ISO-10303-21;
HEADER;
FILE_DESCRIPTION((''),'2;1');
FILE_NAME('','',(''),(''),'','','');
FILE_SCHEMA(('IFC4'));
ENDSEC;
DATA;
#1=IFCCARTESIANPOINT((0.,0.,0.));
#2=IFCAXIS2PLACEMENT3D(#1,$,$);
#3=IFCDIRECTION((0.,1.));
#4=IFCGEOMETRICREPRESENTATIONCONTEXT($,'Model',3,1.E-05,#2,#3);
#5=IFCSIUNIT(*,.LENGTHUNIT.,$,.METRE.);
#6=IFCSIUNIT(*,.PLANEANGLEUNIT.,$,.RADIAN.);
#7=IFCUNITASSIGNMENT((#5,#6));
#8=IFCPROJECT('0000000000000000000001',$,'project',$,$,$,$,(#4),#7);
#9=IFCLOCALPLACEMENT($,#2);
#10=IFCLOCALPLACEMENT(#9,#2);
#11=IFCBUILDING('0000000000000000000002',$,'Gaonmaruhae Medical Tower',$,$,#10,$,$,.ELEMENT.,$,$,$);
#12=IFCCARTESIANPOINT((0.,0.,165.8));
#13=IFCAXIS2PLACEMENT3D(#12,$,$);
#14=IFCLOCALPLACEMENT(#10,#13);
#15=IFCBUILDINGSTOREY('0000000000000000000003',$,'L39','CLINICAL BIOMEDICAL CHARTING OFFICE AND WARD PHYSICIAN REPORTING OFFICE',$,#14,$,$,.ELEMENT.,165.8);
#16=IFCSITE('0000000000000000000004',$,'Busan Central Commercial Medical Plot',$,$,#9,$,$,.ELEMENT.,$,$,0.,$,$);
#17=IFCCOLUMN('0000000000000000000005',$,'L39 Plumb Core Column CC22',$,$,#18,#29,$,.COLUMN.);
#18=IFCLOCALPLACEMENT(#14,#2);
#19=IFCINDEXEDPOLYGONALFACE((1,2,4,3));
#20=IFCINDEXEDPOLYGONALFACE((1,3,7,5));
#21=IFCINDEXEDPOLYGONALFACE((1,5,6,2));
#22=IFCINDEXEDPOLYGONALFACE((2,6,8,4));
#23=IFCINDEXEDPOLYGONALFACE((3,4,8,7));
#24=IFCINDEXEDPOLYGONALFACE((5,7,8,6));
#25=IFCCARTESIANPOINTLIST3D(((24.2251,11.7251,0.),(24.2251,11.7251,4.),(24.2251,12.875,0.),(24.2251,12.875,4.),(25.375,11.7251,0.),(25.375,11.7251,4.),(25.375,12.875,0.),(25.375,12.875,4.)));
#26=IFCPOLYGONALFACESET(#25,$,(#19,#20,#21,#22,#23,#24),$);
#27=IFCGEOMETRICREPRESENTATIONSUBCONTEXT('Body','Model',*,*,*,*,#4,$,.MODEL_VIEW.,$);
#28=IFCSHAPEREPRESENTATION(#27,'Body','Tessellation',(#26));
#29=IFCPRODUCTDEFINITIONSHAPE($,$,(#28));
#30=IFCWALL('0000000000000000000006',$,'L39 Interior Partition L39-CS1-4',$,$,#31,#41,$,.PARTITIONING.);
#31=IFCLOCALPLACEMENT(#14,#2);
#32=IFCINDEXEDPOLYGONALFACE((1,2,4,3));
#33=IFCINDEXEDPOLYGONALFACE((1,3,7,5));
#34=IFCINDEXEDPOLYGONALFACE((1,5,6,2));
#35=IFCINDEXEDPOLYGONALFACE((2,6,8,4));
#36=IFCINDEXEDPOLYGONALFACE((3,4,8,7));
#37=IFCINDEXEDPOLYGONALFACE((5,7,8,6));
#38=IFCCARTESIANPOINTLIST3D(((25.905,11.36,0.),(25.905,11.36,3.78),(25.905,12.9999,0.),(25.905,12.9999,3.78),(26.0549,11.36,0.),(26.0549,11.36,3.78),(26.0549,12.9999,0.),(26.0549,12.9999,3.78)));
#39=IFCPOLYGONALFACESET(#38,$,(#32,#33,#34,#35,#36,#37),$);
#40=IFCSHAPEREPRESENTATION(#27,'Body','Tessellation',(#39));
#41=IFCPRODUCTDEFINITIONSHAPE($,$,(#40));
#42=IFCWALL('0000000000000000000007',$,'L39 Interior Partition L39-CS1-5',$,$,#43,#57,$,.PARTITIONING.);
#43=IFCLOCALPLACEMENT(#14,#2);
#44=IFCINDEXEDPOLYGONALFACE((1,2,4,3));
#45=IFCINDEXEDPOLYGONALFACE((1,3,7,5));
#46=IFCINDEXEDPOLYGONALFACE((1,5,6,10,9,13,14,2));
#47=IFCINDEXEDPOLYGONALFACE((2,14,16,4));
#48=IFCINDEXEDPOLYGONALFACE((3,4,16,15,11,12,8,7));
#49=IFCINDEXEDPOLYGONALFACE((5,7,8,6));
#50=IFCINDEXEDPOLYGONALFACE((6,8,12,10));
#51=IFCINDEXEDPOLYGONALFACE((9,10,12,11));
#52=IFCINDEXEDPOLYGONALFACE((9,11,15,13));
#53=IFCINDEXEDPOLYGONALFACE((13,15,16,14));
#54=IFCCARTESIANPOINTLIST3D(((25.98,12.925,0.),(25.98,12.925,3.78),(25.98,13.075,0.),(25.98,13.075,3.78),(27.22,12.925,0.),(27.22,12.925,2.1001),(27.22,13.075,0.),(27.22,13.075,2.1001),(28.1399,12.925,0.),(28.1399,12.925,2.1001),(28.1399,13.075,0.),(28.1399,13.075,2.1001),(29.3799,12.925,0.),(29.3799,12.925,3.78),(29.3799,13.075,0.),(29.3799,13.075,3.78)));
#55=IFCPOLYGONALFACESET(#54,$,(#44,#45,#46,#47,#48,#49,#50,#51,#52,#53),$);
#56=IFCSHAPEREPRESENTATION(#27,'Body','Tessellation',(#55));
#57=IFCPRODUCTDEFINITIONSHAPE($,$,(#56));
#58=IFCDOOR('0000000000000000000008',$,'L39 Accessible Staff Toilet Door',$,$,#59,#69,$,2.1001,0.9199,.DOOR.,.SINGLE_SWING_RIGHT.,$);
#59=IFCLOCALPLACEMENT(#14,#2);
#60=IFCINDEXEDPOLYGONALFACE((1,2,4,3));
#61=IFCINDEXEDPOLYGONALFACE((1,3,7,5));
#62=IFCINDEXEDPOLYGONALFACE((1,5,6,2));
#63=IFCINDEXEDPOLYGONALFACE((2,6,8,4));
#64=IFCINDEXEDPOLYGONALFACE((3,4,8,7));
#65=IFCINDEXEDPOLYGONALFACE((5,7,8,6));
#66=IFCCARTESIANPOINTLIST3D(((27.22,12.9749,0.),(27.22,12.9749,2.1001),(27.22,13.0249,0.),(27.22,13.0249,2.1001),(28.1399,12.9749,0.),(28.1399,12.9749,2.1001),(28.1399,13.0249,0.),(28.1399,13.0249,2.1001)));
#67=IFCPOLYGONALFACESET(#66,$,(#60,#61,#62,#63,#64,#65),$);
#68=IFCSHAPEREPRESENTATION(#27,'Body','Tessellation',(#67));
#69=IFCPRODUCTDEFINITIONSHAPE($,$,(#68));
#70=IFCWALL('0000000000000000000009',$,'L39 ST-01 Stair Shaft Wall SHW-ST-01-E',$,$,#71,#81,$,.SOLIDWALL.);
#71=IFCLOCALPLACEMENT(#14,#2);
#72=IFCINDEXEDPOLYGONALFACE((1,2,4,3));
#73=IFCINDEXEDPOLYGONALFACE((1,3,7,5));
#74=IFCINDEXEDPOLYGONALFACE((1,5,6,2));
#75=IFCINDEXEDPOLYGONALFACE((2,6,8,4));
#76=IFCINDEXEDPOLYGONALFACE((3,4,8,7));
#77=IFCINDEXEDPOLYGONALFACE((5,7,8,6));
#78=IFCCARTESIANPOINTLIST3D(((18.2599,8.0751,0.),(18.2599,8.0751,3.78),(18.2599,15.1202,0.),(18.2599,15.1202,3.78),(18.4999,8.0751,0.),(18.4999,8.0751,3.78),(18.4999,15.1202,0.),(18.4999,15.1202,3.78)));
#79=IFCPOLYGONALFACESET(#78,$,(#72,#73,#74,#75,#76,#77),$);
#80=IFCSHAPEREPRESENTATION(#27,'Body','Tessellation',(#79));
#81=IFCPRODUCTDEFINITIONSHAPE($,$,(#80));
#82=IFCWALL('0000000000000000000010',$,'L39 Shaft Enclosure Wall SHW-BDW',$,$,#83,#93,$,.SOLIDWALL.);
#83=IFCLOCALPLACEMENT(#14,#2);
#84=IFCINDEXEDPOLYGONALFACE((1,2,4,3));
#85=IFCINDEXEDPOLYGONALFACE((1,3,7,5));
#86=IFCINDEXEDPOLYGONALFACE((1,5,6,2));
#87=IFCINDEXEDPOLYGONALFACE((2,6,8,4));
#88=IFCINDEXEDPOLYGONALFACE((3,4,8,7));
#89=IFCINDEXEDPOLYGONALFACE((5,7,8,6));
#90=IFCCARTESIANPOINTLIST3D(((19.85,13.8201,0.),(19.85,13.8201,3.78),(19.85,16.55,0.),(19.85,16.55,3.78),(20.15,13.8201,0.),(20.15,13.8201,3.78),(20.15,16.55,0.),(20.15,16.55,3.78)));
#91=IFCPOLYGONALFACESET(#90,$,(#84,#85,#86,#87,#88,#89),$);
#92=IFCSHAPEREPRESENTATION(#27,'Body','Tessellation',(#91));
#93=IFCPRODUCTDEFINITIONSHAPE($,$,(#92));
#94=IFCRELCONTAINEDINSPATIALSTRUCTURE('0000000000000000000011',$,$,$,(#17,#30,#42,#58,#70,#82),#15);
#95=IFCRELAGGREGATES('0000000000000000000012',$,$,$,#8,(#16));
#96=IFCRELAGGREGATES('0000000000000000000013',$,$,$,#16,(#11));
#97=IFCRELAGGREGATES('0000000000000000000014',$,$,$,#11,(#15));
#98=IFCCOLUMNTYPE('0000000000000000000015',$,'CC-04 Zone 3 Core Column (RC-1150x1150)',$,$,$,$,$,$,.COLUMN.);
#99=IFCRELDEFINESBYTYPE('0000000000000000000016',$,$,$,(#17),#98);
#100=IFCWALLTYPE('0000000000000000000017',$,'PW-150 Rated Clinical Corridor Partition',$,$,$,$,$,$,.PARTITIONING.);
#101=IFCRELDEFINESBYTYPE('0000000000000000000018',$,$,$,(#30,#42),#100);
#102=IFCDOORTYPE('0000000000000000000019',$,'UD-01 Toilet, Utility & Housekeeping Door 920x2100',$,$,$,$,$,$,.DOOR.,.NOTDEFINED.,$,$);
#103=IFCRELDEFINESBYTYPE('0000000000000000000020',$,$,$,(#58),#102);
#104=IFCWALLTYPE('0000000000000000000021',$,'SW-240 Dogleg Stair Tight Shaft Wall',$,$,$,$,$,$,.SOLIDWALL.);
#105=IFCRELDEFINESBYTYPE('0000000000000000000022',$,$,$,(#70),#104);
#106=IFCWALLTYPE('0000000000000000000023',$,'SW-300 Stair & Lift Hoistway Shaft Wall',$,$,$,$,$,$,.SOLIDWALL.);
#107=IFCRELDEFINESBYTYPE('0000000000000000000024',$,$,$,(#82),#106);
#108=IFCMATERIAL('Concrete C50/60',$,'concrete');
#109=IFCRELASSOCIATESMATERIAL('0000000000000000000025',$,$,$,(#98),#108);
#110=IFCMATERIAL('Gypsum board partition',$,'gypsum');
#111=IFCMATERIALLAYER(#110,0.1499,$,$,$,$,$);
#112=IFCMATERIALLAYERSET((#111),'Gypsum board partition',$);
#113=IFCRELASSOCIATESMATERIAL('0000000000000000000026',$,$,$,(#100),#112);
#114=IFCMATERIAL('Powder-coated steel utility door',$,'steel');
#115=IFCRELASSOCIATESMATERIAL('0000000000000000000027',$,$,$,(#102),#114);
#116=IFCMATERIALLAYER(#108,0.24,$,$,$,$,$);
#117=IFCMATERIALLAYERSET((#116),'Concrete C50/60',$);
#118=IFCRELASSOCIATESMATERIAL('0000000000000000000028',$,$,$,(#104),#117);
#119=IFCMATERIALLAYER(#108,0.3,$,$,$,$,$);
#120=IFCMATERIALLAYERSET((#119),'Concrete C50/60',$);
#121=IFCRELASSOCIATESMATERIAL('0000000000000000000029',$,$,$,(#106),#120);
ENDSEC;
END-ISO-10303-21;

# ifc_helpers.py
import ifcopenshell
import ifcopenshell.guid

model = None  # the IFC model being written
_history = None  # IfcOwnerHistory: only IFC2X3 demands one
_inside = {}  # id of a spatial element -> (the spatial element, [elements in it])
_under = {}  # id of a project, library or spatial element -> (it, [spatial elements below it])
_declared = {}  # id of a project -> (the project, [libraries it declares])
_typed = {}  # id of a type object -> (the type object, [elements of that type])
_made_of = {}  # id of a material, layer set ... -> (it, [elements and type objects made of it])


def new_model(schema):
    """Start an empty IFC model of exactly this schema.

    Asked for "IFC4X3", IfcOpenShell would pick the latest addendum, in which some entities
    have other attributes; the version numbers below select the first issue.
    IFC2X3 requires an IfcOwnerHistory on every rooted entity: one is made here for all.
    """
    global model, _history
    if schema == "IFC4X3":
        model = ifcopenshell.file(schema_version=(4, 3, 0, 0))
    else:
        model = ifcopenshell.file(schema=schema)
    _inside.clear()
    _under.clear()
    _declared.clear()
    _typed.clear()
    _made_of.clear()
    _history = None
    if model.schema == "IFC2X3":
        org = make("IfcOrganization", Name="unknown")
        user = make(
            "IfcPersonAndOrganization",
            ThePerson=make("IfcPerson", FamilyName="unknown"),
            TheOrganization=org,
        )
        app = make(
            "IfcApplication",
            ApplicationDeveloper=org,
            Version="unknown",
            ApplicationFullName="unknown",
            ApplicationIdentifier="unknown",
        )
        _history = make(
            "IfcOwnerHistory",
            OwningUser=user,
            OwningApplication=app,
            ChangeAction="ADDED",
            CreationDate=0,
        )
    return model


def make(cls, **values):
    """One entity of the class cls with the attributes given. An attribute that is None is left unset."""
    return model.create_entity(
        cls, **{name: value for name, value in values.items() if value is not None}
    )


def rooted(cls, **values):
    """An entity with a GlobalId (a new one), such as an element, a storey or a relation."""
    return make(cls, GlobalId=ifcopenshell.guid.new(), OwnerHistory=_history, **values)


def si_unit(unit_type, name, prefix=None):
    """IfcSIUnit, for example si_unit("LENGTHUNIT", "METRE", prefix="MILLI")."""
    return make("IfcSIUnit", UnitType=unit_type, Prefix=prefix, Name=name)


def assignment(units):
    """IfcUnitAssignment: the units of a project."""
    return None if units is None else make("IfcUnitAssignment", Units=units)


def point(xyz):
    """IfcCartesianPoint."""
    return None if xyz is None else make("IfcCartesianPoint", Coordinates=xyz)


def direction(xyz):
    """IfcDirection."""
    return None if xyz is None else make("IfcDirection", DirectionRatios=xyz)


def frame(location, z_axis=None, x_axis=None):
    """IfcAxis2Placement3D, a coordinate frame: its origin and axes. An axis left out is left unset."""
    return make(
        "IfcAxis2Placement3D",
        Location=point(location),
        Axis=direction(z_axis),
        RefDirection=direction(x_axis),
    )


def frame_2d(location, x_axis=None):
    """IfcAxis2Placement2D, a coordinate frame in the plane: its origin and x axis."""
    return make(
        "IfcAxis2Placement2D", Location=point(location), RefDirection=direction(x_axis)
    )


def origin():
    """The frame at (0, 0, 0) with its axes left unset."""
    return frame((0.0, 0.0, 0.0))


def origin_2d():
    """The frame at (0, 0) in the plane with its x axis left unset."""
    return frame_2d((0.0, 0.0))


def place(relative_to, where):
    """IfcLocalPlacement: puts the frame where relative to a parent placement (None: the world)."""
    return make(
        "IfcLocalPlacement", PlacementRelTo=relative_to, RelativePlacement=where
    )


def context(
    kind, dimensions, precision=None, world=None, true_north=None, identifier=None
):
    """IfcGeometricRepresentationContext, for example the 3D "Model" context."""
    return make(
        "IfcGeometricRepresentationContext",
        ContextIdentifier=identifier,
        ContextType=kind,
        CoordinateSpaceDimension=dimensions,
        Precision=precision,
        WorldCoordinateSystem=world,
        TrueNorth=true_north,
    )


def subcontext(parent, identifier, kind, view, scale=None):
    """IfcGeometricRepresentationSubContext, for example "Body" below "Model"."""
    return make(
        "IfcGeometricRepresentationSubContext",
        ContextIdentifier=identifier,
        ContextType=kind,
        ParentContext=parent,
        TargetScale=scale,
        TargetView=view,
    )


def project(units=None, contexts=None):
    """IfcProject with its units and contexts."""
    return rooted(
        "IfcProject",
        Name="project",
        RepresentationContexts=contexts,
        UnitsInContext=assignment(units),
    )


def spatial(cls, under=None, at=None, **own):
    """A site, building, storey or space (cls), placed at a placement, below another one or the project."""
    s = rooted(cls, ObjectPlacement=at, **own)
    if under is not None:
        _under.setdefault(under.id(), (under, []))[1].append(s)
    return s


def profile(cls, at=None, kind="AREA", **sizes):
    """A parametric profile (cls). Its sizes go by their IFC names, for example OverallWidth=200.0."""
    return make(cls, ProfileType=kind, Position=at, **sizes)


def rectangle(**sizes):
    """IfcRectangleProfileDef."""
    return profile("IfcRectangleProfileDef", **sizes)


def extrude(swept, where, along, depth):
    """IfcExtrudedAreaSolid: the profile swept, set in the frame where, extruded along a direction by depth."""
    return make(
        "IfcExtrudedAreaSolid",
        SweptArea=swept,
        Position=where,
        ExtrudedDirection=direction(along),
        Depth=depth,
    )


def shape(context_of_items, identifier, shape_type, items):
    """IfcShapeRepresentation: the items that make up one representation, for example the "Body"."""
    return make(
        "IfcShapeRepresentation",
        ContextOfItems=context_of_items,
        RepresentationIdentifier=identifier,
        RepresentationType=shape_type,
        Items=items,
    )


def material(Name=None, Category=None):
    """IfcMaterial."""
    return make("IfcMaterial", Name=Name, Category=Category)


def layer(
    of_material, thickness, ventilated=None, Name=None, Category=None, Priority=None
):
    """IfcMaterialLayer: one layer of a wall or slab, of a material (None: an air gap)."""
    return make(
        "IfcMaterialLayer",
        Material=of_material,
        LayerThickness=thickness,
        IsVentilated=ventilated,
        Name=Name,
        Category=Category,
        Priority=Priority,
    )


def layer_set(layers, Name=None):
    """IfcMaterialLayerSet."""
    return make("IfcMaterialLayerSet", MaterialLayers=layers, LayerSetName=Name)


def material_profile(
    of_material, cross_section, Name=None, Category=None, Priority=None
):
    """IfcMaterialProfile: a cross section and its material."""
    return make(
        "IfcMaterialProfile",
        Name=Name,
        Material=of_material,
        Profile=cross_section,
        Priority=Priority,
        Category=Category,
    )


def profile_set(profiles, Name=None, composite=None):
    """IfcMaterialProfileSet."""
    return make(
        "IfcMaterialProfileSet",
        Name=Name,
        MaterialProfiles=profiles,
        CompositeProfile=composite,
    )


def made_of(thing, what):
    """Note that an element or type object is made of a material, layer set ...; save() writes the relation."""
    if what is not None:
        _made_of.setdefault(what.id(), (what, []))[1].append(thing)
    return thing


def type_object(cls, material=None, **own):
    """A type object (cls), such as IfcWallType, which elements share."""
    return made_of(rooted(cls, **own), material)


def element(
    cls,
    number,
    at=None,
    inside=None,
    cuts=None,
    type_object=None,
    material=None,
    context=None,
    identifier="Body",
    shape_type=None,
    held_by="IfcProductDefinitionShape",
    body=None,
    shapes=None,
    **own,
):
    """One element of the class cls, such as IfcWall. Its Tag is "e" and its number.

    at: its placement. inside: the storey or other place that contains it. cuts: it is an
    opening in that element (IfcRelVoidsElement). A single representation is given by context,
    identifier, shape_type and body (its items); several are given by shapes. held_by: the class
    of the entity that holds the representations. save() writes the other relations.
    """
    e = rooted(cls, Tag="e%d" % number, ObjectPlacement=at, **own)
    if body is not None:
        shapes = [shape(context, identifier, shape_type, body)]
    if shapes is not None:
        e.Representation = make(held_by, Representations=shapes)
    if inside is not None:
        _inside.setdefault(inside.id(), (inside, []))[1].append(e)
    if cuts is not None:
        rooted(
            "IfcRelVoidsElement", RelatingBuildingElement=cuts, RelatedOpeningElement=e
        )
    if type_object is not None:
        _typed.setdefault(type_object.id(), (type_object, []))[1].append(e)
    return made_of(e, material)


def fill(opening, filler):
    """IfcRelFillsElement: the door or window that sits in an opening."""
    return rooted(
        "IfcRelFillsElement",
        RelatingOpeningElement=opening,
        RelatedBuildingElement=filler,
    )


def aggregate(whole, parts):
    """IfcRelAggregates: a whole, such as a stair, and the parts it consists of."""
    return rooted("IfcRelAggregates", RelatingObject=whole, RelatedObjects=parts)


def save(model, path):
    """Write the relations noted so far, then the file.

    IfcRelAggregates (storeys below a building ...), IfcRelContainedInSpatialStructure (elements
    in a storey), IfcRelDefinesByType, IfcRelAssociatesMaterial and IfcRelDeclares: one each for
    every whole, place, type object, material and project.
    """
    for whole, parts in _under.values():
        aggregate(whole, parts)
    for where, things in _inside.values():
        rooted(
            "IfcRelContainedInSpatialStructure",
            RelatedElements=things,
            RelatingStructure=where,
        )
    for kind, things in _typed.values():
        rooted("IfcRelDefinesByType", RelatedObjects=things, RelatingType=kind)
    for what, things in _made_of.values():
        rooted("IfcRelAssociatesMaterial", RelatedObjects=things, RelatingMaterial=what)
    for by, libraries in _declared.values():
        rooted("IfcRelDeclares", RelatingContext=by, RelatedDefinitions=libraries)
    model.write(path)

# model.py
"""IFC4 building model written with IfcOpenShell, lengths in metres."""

from ifc_helpers import new_model, si_unit, direction, frame, frame_2d, origin, origin_2d, place, context, subcontext, project, spatial, rectangle, extrude, material, layer, layer_set, material_profile, profile_set, type_object, element, fill, save


model = new_model("IFC4")

# Units and contexts
model_context = context("Model", 3, precision=1e-05, world=origin(), true_north=direction((0.0, 1.0)))
body_context = subcontext(model_context, "Body", "Model", "MODEL_VIEW")
ifc_project = project(units=[si_unit("LENGTHUNIT", "METRE"), si_unit("PLANEANGLEUNIT", "RADIAN")], contexts=[model_context])

# Site, building, storey
site_placement = place(None, origin())
site = spatial("IfcSite", under=ifc_project, at=site_placement, Name="Busan Central Commercial Medical Plot", CompositionType="ELEMENT", RefElevation=0.0)
building_placement = place(site_placement, origin())
building = spatial("IfcBuilding", under=site, at=building_placement, Name="Gaonmaruhae Medical Tower", CompositionType="ELEMENT")
storey_placement = place(building_placement, frame((0.0, 0.0, 165.8)))
storey = spatial("IfcBuildingStorey", under=building, at=storey_placement, Name="L39", Description="CLINICAL BIOMEDICAL CHARTING OFFICE AND WARD PHYSICIAN REPORTING OFFICE", CompositionType="ELEMENT", Elevation=165.8)

# Column
ifc_material_1 = material(Name="Concrete C50/60", Category="concrete")
ifc_material_profile = material_profile(ifc_material_1, rectangle(XDim=1.1499, YDim=1.1499, at=origin_2d()), Name="RC-1150x1150")
ifc_profile_set = profile_set([ifc_material_profile], Name="Concrete C50/60")
column_type = type_object("IfcColumnType", Name="CC-04 Zone 3 Core Column (RC-1150x1150)", PredefinedType="COLUMN", material=ifc_profile_set)
column_placement = place(storey_placement, frame((24.8, 12.3, 0.0), z_axis=(0.0, 0.0, 1.0), x_axis=(1.0, 0.0, 0.0)))
element("IfcColumn", 1, at=column_placement, inside=storey, type_object=column_type, Name="L39 Plumb Core Column CC22", PredefinedType="COLUMN", context=body_context, shape_type="SweptSolid", body=[
    extrude(rectangle(XDim=1.1499, YDim=1.1499, at=origin_2d()), origin(), (0.0, 0.0, 1.0), 4.0),
])

# Wall
ifc_material_2 = material(Name="Gypsum board partition", Category="gypsum")
ifc_layer_1 = layer(ifc_material_2, 0.1499)
ifc_layer_set_1 = layer_set([ifc_layer_1], Name="Gypsum board partition")
wall_type_1 = type_object("IfcWallType", Name="PW-150 Rated Clinical Corridor Partition", PredefinedType="PARTITIONING", material=ifc_layer_set_1)
wall_1_placement = place(storey_placement, frame((25.98, 11.3601, 0.0), z_axis=(0.0, 0.0, 1.0), x_axis=(0.0, 1.0, 0.0)))
element("IfcWall", 2, at=wall_1_placement, inside=storey, type_object=wall_type_1, Name="L39 Interior Partition L39-CS1-4", PredefinedType="PARTITIONING", context=body_context, shape_type="SweptSolid", body=[
    extrude(rectangle(XDim=1.6399, YDim=0.1499, at=frame_2d((0.8198, 0.0))), origin(), (0.0, 0.0, 1.0), 3.78),
])

# Wall, opening, door
wall_2_placement = place(storey_placement, frame((25.98, 13.0, 0.0), z_axis=(0.0, 0.0, 1.0), x_axis=(1.0, 0.0, 0.0)))
wall_2 = element("IfcWall", 3, at=wall_2_placement, inside=storey, type_object=wall_type_1, Name="L39 Interior Partition L39-CS1-5", PredefinedType="PARTITIONING", context=body_context, shape_type="SweptSolid", body=[
    extrude(rectangle(XDim=3.3999, YDim=0.1499, at=frame_2d((1.7, 0.0))), origin(), (0.0, 0.0, 1.0), 3.78),
])
opening_1_placement = place(wall_2_placement, frame((1.24, 0.0, 0.0)))
opening_1 = element("IfcOpeningElement", 4, at=opening_1_placement, cuts=wall_2, PredefinedType="OPENING", context=body_context, shape_type="SweptSolid", body=[
    extrude(rectangle(XDim=0.9199, YDim=2.1001, at=frame_2d((0.46, 1.05))), frame((0.0, 0.085, 0.0), z_axis=(0.0, -1.0, 0.0), x_axis=(1.0, 0.0, 0.0)), (0.0, 0.0, 1.0), 0.1699),
])
ifc_material_3 = material(Name="Powder-coated steel utility door", Category="steel")
door_type_1 = type_object("IfcDoorType", Name="UD-01 Toilet, Utility & Housekeeping Door 920x2100", OperationType="NOTDEFINED", PredefinedType="DOOR", material=ifc_material_3)
door_1_placement = place(opening_1_placement, origin())
door_1 = element("IfcDoor", 5, at=door_1_placement, inside=storey, type_object=door_type_1, Name="L39 Accessible Staff Toilet Door", OperationType="SINGLE_SWING_RIGHT", OverallHeight=2.1001, OverallWidth=0.9199, PredefinedType="DOOR", context=body_context, shape_type="SweptSolid", body=[
    extrude(rectangle(XDim=0.9199, YDim=2.1001, at=frame_2d((0.46, 1.05))), frame((0.0, 0.0249, 0.0), z_axis=(0.0, -1.0, 0.0), x_axis=(1.0, 0.0, 0.0)), (0.0, 0.0, 1.0), 0.05),
])
fill(opening_1, door_1)

# Wall
ifc_layer_2 = layer(ifc_material_1, 0.24)
ifc_layer_set_2 = layer_set([ifc_layer_2], Name="Concrete C50/60")
wall_type_2 = type_object("IfcWallType", Name="SW-240 Dogleg Stair Tight Shaft Wall", PredefinedType="SOLIDWALL", material=ifc_layer_set_2)
wall_3_placement = place(storey_placement, frame((18.3799, 15.1201, 0.0), z_axis=(0.0, 0.0, 1.0), x_axis=(0.0, -1.0, 0.0)))
element("IfcWall", 6, at=wall_3_placement, inside=storey, type_object=wall_type_2, Name="L39 ST-01 Stair Shaft Wall SHW-ST-01-E", PredefinedType="SOLIDWALL", context=body_context, shape_type="SweptSolid", body=[
    extrude(rectangle(XDim=7.0452, YDim=0.24, at=frame_2d((3.5225, 0.0))), origin(), (0.0, 0.0, 1.0), 3.78),
])

# Shared definitions
ifc_layer_3 = layer(ifc_material_1, 0.3)
ifc_layer_set_3 = layer_set([ifc_layer_3], Name="Concrete C50/60")
wall_type_3 = type_object("IfcWallType", Name="SW-300 Stair & Lift Hoistway Shaft Wall", PredefinedType="SOLIDWALL", material=ifc_layer_set_3)

# Wall
wall_4_placement = place(storey_placement, frame((20.0, 13.8201, 0.0), z_axis=(0.0, 0.0, 1.0), x_axis=(0.0, 1.0, 0.0)))
element("IfcWall", 7, at=wall_4_placement, inside=storey, type_object=wall_type_3, Name="L39 Shaft Enclosure Wall SHW-BDW", PredefinedType="SOLIDWALL", context=body_context, shape_type="SweptSolid", body=[
    extrude(rectangle(XDim=2.73, YDim=0.3, at=frame_2d((1.365, 0.0))), origin(), (0.0, 0.0, 1.0), 3.78),
])

save(model, "model.ifc")
